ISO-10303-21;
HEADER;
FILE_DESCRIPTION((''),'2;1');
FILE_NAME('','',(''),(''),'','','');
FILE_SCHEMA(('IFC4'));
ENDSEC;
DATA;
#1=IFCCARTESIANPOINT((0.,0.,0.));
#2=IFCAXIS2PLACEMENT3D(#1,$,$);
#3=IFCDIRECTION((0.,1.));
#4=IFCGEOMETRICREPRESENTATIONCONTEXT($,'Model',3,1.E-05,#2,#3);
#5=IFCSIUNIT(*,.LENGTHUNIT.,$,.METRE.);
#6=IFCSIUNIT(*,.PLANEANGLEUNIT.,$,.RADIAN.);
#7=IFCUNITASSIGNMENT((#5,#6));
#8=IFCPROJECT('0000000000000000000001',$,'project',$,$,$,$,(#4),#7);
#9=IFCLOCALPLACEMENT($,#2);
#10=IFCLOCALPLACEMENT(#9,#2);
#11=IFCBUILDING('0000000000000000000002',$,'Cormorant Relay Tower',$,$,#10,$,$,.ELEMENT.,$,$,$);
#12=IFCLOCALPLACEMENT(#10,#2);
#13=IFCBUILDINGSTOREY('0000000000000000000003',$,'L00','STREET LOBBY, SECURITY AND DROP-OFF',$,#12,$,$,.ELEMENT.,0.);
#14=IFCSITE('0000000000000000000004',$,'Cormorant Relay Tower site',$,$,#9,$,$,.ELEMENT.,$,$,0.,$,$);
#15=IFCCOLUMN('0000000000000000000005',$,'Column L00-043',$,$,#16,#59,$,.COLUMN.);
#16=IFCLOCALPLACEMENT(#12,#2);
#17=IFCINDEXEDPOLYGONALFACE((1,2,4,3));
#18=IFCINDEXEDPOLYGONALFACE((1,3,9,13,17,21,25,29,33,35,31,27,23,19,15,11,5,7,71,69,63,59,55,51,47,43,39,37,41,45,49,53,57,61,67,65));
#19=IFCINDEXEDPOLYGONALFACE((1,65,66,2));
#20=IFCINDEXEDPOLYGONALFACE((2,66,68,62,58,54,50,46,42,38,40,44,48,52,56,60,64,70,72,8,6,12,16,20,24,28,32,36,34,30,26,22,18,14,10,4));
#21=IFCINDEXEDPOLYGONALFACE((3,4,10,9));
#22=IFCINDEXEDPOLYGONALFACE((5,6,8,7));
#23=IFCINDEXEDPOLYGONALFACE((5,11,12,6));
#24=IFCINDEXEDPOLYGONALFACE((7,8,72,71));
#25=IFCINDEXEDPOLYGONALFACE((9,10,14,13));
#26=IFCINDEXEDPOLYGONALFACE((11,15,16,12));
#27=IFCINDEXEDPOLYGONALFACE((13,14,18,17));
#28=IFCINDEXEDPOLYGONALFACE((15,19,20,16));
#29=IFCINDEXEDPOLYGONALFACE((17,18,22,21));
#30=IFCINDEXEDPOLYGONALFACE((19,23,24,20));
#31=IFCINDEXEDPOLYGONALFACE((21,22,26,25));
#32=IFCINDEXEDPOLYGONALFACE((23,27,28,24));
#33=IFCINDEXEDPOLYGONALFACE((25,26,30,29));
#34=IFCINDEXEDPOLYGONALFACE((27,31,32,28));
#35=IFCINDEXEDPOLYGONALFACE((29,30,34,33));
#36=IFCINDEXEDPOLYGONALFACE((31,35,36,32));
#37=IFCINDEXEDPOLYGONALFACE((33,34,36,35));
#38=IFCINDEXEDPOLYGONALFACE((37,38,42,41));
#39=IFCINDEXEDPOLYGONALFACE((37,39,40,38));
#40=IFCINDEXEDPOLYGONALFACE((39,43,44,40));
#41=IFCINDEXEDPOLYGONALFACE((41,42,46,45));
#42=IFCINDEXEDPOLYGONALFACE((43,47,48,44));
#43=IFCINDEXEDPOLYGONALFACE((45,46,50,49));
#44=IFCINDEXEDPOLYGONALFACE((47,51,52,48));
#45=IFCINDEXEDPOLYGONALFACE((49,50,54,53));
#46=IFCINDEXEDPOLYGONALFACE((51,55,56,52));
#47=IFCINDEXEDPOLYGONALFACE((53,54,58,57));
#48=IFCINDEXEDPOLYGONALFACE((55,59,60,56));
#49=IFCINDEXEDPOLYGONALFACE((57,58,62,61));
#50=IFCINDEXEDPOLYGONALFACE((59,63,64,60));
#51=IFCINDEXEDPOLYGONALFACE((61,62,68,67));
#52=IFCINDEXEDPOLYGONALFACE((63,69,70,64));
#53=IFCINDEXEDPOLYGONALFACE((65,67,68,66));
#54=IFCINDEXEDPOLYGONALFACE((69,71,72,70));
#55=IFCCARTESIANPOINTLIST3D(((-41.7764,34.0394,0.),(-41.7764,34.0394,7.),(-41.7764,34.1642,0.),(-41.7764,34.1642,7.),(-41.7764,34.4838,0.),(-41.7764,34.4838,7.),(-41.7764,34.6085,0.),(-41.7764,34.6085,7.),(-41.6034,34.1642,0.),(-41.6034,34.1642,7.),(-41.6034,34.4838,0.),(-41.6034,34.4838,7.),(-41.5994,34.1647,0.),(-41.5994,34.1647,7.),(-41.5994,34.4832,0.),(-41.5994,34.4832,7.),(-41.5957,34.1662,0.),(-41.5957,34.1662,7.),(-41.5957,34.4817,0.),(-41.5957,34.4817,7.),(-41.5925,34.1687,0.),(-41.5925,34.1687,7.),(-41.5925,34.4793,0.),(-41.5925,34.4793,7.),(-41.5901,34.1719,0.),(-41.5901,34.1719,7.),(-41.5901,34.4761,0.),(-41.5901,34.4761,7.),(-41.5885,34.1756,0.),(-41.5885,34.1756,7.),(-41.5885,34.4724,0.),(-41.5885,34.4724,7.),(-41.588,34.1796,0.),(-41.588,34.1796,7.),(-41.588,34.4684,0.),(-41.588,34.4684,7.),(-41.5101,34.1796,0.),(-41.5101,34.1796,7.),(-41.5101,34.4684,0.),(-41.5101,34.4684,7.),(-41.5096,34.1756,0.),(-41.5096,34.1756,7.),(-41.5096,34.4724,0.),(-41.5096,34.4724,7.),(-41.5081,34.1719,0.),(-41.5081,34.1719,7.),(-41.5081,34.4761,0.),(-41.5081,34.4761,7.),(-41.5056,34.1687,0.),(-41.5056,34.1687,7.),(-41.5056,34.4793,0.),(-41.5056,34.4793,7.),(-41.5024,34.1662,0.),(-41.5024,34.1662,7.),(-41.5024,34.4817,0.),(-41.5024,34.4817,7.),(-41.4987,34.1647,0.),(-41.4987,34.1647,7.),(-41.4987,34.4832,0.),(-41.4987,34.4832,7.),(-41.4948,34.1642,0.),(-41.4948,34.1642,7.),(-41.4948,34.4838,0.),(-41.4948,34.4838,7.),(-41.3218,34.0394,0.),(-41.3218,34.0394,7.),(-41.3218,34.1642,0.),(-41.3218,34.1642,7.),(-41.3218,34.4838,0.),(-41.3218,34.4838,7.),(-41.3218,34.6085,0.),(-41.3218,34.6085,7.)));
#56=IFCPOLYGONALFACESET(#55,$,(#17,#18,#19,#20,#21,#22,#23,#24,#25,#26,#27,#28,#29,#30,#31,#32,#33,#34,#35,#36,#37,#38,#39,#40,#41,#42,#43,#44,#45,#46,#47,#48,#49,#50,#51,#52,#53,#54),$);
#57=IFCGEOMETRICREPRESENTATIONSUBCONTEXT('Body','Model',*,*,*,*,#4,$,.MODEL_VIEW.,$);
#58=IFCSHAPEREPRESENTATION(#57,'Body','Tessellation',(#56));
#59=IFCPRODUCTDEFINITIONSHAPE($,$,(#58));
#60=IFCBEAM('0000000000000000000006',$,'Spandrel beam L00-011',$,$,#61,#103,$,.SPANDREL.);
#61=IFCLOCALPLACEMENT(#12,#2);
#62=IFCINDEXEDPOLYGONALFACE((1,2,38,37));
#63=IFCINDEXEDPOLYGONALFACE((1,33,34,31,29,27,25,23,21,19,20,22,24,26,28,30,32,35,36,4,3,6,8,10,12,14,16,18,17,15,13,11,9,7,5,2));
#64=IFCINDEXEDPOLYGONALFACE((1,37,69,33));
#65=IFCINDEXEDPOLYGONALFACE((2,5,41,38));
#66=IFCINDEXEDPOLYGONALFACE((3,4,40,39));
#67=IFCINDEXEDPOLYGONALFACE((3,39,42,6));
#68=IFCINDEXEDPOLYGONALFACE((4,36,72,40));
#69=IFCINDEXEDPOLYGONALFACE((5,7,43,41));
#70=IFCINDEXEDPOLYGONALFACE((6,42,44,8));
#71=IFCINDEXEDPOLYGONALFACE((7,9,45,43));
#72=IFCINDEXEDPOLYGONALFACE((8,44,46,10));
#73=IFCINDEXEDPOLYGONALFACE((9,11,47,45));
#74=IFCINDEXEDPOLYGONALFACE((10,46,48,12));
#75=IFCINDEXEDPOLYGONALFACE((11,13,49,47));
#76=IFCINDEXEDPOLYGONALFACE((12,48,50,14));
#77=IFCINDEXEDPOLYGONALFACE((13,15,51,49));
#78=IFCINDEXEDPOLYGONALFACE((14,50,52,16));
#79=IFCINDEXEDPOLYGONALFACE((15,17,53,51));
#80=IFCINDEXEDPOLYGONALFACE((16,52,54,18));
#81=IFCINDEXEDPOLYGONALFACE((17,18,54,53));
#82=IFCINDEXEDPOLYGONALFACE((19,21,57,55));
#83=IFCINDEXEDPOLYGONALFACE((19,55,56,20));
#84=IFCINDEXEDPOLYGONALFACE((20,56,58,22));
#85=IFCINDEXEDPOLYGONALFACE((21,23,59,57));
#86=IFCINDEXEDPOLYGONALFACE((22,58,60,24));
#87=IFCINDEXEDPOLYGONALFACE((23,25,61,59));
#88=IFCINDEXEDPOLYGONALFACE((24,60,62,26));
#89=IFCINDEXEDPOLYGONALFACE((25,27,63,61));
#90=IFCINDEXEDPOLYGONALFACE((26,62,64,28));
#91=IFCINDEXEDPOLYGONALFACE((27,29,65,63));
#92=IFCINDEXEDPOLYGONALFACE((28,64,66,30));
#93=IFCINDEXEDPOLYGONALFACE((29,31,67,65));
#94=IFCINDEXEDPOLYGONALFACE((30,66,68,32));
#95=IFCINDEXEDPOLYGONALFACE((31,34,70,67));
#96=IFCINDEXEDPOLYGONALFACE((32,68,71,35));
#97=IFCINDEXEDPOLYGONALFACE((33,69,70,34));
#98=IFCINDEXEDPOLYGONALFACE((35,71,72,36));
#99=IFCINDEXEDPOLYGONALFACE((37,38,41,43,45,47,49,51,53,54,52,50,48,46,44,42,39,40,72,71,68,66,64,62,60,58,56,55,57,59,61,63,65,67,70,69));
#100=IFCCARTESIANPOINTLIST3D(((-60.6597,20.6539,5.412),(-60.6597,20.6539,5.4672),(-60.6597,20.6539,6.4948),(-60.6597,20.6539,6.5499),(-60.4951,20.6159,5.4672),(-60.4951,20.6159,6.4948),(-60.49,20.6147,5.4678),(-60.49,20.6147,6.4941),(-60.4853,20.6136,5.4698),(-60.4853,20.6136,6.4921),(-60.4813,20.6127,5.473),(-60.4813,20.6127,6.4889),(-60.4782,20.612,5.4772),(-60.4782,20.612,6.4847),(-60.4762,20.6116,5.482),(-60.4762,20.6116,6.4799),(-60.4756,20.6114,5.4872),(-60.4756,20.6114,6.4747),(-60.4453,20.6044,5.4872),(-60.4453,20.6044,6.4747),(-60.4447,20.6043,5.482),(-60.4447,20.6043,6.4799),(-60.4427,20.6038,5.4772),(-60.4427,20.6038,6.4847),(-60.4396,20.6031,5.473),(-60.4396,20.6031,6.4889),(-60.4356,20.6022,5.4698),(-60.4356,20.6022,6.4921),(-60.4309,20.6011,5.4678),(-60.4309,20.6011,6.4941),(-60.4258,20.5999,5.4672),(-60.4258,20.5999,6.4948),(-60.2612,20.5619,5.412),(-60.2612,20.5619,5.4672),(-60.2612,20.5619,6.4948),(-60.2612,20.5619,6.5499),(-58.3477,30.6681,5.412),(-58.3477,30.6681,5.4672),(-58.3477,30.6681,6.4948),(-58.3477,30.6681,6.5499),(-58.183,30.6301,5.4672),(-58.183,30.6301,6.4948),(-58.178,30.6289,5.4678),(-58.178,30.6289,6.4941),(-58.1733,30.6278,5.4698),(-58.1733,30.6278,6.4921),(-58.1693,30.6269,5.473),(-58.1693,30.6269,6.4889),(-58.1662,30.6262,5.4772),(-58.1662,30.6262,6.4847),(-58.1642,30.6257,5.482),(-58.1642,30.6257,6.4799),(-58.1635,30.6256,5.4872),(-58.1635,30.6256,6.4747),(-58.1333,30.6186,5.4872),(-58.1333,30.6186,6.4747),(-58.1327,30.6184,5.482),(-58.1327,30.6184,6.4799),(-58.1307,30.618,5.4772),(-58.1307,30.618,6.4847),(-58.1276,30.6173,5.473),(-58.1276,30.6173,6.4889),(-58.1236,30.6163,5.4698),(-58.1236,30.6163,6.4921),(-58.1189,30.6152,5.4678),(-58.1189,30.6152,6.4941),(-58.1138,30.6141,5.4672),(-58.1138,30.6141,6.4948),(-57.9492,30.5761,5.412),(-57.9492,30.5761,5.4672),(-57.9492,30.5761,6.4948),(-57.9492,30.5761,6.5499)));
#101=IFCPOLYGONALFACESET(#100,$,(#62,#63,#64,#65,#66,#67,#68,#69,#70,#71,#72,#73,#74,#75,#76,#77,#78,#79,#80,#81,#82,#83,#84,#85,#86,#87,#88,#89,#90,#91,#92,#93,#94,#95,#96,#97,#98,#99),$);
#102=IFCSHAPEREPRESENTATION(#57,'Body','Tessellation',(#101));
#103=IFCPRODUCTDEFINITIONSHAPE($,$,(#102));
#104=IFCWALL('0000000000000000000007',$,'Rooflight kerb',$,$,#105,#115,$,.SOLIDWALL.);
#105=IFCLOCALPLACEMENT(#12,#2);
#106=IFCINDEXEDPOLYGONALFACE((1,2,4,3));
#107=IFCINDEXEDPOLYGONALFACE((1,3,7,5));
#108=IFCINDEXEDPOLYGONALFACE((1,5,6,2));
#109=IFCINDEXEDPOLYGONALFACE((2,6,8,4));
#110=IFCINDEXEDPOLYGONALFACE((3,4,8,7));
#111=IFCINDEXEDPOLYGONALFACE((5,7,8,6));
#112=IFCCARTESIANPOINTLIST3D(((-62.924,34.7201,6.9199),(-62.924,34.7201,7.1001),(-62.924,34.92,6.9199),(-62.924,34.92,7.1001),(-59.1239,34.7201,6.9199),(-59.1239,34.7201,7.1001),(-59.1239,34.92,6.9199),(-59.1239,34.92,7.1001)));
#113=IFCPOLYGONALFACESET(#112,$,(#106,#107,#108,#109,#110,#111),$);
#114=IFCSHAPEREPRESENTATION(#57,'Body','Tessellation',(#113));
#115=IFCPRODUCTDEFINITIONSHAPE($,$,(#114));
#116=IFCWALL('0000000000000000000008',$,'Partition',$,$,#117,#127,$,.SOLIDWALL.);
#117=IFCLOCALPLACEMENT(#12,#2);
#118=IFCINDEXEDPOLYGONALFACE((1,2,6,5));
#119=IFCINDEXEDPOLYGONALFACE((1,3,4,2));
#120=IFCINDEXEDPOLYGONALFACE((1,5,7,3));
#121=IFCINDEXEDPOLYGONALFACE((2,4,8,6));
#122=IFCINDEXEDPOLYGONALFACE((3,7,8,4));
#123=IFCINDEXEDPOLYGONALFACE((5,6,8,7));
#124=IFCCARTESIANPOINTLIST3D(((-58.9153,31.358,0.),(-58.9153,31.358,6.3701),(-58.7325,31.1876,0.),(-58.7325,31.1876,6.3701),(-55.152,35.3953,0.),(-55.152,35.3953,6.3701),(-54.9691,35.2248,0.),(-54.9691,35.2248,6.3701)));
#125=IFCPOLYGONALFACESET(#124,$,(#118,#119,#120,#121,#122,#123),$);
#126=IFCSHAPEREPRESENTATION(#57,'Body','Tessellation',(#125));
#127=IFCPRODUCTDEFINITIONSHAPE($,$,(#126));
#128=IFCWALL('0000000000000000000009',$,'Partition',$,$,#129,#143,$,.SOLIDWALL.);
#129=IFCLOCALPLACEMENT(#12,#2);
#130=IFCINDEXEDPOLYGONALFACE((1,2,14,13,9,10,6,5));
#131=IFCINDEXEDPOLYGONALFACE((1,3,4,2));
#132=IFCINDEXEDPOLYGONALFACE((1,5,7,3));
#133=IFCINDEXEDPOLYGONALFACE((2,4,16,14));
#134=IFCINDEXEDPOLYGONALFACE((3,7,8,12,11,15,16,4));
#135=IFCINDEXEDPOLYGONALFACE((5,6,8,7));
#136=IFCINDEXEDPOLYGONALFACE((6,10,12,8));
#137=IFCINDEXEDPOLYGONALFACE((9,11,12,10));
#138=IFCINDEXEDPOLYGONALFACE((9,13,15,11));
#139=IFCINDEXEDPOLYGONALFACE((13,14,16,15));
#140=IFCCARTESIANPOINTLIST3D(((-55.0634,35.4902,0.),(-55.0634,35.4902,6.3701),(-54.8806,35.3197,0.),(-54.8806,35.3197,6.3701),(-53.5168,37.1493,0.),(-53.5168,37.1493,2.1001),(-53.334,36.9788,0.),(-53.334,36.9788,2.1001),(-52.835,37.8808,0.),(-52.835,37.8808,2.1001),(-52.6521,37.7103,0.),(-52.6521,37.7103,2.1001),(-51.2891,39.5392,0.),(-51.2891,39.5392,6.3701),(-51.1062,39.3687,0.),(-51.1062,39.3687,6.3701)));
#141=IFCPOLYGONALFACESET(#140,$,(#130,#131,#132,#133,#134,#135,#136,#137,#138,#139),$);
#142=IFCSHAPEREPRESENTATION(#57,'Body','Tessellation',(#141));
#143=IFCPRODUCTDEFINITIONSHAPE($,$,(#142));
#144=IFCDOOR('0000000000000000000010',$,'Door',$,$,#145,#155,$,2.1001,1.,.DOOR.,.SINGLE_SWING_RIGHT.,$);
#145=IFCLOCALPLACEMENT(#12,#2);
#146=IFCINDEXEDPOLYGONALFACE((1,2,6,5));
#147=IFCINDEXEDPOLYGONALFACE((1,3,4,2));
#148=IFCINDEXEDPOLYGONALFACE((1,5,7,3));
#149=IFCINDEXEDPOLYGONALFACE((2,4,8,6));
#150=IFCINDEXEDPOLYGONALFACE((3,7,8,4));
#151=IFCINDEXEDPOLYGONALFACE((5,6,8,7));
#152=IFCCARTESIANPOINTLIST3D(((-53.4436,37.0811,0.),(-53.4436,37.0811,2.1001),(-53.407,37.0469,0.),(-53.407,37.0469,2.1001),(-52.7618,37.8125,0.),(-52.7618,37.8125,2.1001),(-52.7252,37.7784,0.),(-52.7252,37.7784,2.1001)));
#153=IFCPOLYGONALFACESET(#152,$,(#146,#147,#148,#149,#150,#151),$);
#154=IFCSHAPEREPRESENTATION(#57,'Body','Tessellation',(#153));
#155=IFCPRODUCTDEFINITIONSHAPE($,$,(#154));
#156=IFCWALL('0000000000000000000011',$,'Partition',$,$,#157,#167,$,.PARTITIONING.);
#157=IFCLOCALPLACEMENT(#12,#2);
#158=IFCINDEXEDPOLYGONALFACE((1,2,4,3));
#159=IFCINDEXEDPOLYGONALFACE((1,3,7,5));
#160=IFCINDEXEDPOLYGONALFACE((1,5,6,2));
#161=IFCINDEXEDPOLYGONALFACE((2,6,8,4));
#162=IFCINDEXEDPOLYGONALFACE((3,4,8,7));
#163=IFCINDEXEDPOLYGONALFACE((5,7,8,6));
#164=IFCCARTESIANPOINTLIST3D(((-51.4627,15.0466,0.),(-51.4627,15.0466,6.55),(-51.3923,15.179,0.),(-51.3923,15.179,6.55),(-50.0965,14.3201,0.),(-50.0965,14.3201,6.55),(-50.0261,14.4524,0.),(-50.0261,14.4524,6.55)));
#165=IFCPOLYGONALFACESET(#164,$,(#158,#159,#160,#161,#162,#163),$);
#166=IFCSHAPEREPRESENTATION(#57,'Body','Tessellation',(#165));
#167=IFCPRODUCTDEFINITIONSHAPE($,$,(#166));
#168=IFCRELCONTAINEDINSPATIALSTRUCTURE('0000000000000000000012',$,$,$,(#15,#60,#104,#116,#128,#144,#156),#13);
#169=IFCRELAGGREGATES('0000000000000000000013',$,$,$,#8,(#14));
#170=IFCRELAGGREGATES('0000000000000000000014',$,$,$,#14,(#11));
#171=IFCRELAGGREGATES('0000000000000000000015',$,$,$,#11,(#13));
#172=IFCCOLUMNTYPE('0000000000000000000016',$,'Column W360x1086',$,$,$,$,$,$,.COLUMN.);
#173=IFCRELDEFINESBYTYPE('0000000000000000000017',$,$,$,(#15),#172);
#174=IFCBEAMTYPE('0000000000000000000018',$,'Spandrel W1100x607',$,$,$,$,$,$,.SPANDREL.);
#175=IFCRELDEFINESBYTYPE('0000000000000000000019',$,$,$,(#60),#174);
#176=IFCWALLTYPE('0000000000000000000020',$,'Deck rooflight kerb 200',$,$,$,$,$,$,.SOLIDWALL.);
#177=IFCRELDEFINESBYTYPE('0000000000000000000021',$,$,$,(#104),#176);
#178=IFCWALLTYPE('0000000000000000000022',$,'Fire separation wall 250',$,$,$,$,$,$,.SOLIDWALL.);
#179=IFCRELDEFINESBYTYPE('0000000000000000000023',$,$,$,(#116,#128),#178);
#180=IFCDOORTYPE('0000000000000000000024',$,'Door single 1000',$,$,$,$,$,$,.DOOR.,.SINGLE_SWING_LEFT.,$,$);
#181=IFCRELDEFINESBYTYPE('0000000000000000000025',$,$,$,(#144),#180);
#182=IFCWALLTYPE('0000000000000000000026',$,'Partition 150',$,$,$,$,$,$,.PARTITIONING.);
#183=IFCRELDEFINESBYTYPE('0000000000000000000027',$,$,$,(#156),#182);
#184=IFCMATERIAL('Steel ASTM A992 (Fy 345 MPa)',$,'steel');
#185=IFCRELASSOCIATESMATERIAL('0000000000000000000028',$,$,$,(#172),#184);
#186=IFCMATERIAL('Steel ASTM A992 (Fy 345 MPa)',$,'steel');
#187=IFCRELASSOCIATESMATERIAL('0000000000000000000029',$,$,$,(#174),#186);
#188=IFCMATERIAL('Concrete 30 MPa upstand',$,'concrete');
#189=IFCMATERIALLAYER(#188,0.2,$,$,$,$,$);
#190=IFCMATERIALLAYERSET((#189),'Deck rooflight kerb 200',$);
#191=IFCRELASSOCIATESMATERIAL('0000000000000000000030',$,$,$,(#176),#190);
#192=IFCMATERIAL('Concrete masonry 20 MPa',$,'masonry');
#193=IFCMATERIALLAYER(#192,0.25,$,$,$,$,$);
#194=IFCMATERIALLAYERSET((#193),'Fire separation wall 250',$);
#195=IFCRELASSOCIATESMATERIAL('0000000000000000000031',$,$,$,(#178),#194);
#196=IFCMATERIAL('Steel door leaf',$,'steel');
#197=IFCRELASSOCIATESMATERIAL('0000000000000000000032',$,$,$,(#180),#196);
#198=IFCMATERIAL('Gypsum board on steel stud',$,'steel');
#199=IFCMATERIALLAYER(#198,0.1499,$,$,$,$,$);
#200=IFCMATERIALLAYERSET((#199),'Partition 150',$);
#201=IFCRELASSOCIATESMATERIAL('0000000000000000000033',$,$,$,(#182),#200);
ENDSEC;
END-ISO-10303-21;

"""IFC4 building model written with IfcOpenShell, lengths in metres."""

from ifc_helpers import new_model, si_unit, direction, frame, frame_2d, origin, origin_2d, place, context, subcontext, project, spatial, rectangle, i_section, extrude, material, layer, layer_set, material_profile, profile_set, type_object, element, fill, save


model = new_model("IFC4")

# Units and contexts
model_context = context("Model", 3, precision=1e-05, world=origin(), true_north=direction((0.0, 1.0)))
body_context = subcontext(model_context, "Body", "Model", "MODEL_VIEW")
ifc_project = project(units=[si_unit("LENGTHUNIT", "METRE"), si_unit("PLANEANGLEUNIT", "RADIAN")], contexts=[model_context])

# Site, building, storey
site_placement = place(None, origin())
site = spatial("IfcSite", under=ifc_project, at=site_placement, Name="Cormorant Relay Tower site", CompositionType="ELEMENT", RefElevation=0.0)
building_placement = place(site_placement, origin())
building = spatial("IfcBuilding", under=site, at=building_placement, Name="Cormorant Relay Tower", CompositionType="ELEMENT")
storey_placement = place(building_placement, origin())
storey = spatial("IfcBuildingStorey", under=building, at=storey_placement, Name="L00", Description="STREET LOBBY, SECURITY AND DROP-OFF", CompositionType="ELEMENT", Elevation=0.0)

# Column
ifc_material_1 = material(Name="Steel ASTM A992 (Fy 345 MPa)", Category="steel")
ifc_material_profile_1 = material_profile(ifc_material_1, i_section(OverallWidth=0.4546, OverallDepth=0.5691, WebThickness=0.0779, FlangeThickness=0.1248, FilletRadius=0.0154, at=origin_2d()), Name="W360x1086")
ifc_profile_set_1 = profile_set([ifc_material_profile_1], Name="Steel ASTM A992 (Fy 345 MPa)")
column_type_1 = type_object("IfcColumnType", Name="Column W360x1086", PredefinedType="COLUMN", material=ifc_profile_set_1)
for number, where, z_axis, x_axis, name in (
    (1, (-41.5491, 34.324, 0.0), (0.0, 0.0, 1.0), (1.0, 0.0, 0.0), "Column L00-043"),
):
    element("IfcColumn", number, at=place(storey_placement, frame(where, z_axis=z_axis, x_axis=x_axis)), inside=storey, type_object=column_type_1, Name=name, PredefinedType="COLUMN", context=body_context, shape_type="SweptSolid", body=[
        extrude(i_section(OverallWidth=0.4546, OverallDepth=0.5691, WebThickness=0.0779, FlangeThickness=0.1248, FilletRadius=0.0154, at=origin_2d()), origin(), (0.0, 0.0, 1.0), 7.0),
    ])

# Beam
ifc_material_2 = material(Name="Steel ASTM A992 (Fy 345 MPa)", Category="steel")
ifc_material_profile_2 = material_profile(ifc_material_2, i_section(OverallWidth=0.4089, OverallDepth=1.1379, WebThickness=0.031, FlangeThickness=0.0552, FilletRadius=0.02, at=origin_2d()), Name="W1100x607")
ifc_profile_set_2 = profile_set([ifc_material_profile_2], Name="Steel ASTM A992 (Fy 345 MPa)")
beam_type = type_object("IfcBeamType", Name="Spandrel W1100x607", PredefinedType="SPANDREL", material=ifc_profile_set_2)
beam_placement = place(storey_placement, frame((-58.1484, 30.6221, 5.981), z_axis=(-0.224957, -0.974369, 0.0), x_axis=(0.974369, -0.224957, 0.0)))
element("IfcBeam", 2, at=beam_placement, inside=storey, type_object=beam_type, Name="Spandrel beam L00-011", PredefinedType="SPANDREL", context=body_context, shape_type="SweptSolid", body=[
    extrude(i_section(OverallWidth=0.4089, OverallDepth=1.1379, WebThickness=0.031, FlangeThickness=0.0552, FilletRadius=0.02, at=origin_2d()), origin(), (0.0, 0.0, 1.0), 10.2776),
])

# Walls
ifc_material_3 = material(Name="Concrete 30 MPa upstand", Category="concrete")
ifc_layer_1 = layer(ifc_material_3, 0.2)
ifc_layer_set_1 = layer_set([ifc_layer_1], Name="Deck rooflight kerb 200")
wall_type_1 = type_object("IfcWallType", Name="Deck rooflight kerb 200", PredefinedType="SOLIDWALL", material=ifc_layer_set_1)
wall_1_placement = place(storey_placement, frame((-59.124, 34.8201, 6.9199), z_axis=(0.0, 0.0, 1.0), x_axis=(-1.0, 0.0, 0.0)))
element("IfcWall", 3, at=wall_1_placement, inside=storey, type_object=wall_type_1, Name="Rooflight kerb", PredefinedType="SOLIDWALL", context=body_context, shape_type="SweptSolid", body=[
    extrude(rectangle(XDim=3.8, YDim=0.2, at=frame_2d((1.8999, 0.0))), origin(), (0.0, 0.0, 1.0), 0.1802),
])
ifc_material_4 = material(Name="Concrete masonry 20 MPa", Category="masonry")
ifc_layer_2 = layer(ifc_material_4, 0.25)
ifc_layer_set_2 = layer_set([ifc_layer_2], Name="Fire separation wall 250")
wall_type_2 = type_object("IfcWallType", Name="Fire separation wall 250", PredefinedType="SOLIDWALL", material=ifc_layer_set_2)
wall_2_placement = place(storey_placement, frame((-58.824, 31.2727, 0.0), z_axis=(0.0, 0.0, 1.0), x_axis=(0.681856, 0.731486, 0.0)))
element("IfcWall", 4, at=wall_2_placement, inside=storey, type_object=wall_type_2, Name="Partition", PredefinedType="SOLIDWALL", context=body_context, shape_type="SweptSolid", body=[
    extrude(rectangle(XDim=5.5193, YDim=0.25, at=frame_2d((2.7598, 0.0))), origin(), (0.0, 0.0, 1.0), 6.3701),
])

# Wall, opening, door
wall_3_placement = place(storey_placement, frame((-54.9719, 35.405, 0.0), z_axis=(0.0, 0.0, 1.0), x_axis=(0.681862, 0.73148, 0.0)))
wall_3 = element("IfcWall", 5, at=wall_3_placement, inside=storey, type_object=wall_type_2, Name="Partition", PredefinedType="SOLIDWALL", context=body_context, shape_type="SweptSolid", body=[
    extrude(rectangle(XDim=5.5354, YDim=0.25, at=frame_2d((2.7676, 0.0))), origin(), (0.0, 0.0, 1.0), 6.3701),
])
opening_1_placement = place(wall_3_placement, frame((2.2681, 0.0, 0.0)))
opening_1 = element("IfcOpeningElement", 6, at=opening_1_placement, cuts=wall_3, PredefinedType="OPENING", context=body_context, shape_type="SweptSolid", body=[
    extrude(rectangle(XDim=1.0, YDim=2.1001, at=frame_2d((0.5, 1.05))), frame((0.0, 0.135, 0.0), z_axis=(0.0, -1.0, 0.0), x_axis=(1.0, 0.0, 0.0)), (0.0, 0.0, 1.0), 0.27),
])
ifc_material_5 = material(Name="Steel door leaf", Category="steel")
door_type = type_object("IfcDoorType", Name="Door single 1000", OperationType="SINGLE_SWING_LEFT", PredefinedType="DOOR", material=ifc_material_5)
door_1_placement = place(opening_1_placement, origin())
door_1 = element("IfcDoor", 7, at=door_1_placement, inside=storey, type_object=door_type, Name="Door", OperationType="SINGLE_SWING_RIGHT", OverallHeight=2.1001, OverallWidth=1.0, PredefinedType="DOOR", context=body_context, shape_type="SweptSolid", body=[
    extrude(rectangle(XDim=1.0, YDim=2.1001, at=frame_2d((0.5, 1.05))), frame((0.0, 0.0249, 0.0), z_axis=(0.0, -1.0, 0.0), x_axis=(1.0, 0.0, 0.0)), (0.0, 0.0, 1.0), 0.05),
])
fill(opening_1, door_1)

# Wall
ifc_material_6 = material(Name="Gypsum board on steel stud", Category="steel")
ifc_layer_3 = layer(ifc_material_6, 0.1499)
ifc_layer_set_3 = layer_set([ifc_layer_3], Name="Partition 150")
wall_type_3 = type_object("IfcWallType", Name="Partition 150", PredefinedType="PARTITIONING", material=ifc_layer_set_3)
wall_4_placement = place(storey_placement, frame((-51.4275, 15.1128, 0.0), z_axis=(0.0, 0.0, 1.0), x_axis=(0.882911, -0.46954, 0.0)))
element("IfcWall", 8, at=wall_4_placement, inside=storey, type_object=wall_type_3, Name="Partition", PredefinedType="PARTITIONING", context=body_context, shape_type="SweptSolid", body=[
    extrude(rectangle(XDim=1.5474, YDim=0.1499, at=frame_2d((0.7737, 0.0))), origin(), (0.0, 0.0, 1.0), 6.55),
])

save(model, "model.ifc")
